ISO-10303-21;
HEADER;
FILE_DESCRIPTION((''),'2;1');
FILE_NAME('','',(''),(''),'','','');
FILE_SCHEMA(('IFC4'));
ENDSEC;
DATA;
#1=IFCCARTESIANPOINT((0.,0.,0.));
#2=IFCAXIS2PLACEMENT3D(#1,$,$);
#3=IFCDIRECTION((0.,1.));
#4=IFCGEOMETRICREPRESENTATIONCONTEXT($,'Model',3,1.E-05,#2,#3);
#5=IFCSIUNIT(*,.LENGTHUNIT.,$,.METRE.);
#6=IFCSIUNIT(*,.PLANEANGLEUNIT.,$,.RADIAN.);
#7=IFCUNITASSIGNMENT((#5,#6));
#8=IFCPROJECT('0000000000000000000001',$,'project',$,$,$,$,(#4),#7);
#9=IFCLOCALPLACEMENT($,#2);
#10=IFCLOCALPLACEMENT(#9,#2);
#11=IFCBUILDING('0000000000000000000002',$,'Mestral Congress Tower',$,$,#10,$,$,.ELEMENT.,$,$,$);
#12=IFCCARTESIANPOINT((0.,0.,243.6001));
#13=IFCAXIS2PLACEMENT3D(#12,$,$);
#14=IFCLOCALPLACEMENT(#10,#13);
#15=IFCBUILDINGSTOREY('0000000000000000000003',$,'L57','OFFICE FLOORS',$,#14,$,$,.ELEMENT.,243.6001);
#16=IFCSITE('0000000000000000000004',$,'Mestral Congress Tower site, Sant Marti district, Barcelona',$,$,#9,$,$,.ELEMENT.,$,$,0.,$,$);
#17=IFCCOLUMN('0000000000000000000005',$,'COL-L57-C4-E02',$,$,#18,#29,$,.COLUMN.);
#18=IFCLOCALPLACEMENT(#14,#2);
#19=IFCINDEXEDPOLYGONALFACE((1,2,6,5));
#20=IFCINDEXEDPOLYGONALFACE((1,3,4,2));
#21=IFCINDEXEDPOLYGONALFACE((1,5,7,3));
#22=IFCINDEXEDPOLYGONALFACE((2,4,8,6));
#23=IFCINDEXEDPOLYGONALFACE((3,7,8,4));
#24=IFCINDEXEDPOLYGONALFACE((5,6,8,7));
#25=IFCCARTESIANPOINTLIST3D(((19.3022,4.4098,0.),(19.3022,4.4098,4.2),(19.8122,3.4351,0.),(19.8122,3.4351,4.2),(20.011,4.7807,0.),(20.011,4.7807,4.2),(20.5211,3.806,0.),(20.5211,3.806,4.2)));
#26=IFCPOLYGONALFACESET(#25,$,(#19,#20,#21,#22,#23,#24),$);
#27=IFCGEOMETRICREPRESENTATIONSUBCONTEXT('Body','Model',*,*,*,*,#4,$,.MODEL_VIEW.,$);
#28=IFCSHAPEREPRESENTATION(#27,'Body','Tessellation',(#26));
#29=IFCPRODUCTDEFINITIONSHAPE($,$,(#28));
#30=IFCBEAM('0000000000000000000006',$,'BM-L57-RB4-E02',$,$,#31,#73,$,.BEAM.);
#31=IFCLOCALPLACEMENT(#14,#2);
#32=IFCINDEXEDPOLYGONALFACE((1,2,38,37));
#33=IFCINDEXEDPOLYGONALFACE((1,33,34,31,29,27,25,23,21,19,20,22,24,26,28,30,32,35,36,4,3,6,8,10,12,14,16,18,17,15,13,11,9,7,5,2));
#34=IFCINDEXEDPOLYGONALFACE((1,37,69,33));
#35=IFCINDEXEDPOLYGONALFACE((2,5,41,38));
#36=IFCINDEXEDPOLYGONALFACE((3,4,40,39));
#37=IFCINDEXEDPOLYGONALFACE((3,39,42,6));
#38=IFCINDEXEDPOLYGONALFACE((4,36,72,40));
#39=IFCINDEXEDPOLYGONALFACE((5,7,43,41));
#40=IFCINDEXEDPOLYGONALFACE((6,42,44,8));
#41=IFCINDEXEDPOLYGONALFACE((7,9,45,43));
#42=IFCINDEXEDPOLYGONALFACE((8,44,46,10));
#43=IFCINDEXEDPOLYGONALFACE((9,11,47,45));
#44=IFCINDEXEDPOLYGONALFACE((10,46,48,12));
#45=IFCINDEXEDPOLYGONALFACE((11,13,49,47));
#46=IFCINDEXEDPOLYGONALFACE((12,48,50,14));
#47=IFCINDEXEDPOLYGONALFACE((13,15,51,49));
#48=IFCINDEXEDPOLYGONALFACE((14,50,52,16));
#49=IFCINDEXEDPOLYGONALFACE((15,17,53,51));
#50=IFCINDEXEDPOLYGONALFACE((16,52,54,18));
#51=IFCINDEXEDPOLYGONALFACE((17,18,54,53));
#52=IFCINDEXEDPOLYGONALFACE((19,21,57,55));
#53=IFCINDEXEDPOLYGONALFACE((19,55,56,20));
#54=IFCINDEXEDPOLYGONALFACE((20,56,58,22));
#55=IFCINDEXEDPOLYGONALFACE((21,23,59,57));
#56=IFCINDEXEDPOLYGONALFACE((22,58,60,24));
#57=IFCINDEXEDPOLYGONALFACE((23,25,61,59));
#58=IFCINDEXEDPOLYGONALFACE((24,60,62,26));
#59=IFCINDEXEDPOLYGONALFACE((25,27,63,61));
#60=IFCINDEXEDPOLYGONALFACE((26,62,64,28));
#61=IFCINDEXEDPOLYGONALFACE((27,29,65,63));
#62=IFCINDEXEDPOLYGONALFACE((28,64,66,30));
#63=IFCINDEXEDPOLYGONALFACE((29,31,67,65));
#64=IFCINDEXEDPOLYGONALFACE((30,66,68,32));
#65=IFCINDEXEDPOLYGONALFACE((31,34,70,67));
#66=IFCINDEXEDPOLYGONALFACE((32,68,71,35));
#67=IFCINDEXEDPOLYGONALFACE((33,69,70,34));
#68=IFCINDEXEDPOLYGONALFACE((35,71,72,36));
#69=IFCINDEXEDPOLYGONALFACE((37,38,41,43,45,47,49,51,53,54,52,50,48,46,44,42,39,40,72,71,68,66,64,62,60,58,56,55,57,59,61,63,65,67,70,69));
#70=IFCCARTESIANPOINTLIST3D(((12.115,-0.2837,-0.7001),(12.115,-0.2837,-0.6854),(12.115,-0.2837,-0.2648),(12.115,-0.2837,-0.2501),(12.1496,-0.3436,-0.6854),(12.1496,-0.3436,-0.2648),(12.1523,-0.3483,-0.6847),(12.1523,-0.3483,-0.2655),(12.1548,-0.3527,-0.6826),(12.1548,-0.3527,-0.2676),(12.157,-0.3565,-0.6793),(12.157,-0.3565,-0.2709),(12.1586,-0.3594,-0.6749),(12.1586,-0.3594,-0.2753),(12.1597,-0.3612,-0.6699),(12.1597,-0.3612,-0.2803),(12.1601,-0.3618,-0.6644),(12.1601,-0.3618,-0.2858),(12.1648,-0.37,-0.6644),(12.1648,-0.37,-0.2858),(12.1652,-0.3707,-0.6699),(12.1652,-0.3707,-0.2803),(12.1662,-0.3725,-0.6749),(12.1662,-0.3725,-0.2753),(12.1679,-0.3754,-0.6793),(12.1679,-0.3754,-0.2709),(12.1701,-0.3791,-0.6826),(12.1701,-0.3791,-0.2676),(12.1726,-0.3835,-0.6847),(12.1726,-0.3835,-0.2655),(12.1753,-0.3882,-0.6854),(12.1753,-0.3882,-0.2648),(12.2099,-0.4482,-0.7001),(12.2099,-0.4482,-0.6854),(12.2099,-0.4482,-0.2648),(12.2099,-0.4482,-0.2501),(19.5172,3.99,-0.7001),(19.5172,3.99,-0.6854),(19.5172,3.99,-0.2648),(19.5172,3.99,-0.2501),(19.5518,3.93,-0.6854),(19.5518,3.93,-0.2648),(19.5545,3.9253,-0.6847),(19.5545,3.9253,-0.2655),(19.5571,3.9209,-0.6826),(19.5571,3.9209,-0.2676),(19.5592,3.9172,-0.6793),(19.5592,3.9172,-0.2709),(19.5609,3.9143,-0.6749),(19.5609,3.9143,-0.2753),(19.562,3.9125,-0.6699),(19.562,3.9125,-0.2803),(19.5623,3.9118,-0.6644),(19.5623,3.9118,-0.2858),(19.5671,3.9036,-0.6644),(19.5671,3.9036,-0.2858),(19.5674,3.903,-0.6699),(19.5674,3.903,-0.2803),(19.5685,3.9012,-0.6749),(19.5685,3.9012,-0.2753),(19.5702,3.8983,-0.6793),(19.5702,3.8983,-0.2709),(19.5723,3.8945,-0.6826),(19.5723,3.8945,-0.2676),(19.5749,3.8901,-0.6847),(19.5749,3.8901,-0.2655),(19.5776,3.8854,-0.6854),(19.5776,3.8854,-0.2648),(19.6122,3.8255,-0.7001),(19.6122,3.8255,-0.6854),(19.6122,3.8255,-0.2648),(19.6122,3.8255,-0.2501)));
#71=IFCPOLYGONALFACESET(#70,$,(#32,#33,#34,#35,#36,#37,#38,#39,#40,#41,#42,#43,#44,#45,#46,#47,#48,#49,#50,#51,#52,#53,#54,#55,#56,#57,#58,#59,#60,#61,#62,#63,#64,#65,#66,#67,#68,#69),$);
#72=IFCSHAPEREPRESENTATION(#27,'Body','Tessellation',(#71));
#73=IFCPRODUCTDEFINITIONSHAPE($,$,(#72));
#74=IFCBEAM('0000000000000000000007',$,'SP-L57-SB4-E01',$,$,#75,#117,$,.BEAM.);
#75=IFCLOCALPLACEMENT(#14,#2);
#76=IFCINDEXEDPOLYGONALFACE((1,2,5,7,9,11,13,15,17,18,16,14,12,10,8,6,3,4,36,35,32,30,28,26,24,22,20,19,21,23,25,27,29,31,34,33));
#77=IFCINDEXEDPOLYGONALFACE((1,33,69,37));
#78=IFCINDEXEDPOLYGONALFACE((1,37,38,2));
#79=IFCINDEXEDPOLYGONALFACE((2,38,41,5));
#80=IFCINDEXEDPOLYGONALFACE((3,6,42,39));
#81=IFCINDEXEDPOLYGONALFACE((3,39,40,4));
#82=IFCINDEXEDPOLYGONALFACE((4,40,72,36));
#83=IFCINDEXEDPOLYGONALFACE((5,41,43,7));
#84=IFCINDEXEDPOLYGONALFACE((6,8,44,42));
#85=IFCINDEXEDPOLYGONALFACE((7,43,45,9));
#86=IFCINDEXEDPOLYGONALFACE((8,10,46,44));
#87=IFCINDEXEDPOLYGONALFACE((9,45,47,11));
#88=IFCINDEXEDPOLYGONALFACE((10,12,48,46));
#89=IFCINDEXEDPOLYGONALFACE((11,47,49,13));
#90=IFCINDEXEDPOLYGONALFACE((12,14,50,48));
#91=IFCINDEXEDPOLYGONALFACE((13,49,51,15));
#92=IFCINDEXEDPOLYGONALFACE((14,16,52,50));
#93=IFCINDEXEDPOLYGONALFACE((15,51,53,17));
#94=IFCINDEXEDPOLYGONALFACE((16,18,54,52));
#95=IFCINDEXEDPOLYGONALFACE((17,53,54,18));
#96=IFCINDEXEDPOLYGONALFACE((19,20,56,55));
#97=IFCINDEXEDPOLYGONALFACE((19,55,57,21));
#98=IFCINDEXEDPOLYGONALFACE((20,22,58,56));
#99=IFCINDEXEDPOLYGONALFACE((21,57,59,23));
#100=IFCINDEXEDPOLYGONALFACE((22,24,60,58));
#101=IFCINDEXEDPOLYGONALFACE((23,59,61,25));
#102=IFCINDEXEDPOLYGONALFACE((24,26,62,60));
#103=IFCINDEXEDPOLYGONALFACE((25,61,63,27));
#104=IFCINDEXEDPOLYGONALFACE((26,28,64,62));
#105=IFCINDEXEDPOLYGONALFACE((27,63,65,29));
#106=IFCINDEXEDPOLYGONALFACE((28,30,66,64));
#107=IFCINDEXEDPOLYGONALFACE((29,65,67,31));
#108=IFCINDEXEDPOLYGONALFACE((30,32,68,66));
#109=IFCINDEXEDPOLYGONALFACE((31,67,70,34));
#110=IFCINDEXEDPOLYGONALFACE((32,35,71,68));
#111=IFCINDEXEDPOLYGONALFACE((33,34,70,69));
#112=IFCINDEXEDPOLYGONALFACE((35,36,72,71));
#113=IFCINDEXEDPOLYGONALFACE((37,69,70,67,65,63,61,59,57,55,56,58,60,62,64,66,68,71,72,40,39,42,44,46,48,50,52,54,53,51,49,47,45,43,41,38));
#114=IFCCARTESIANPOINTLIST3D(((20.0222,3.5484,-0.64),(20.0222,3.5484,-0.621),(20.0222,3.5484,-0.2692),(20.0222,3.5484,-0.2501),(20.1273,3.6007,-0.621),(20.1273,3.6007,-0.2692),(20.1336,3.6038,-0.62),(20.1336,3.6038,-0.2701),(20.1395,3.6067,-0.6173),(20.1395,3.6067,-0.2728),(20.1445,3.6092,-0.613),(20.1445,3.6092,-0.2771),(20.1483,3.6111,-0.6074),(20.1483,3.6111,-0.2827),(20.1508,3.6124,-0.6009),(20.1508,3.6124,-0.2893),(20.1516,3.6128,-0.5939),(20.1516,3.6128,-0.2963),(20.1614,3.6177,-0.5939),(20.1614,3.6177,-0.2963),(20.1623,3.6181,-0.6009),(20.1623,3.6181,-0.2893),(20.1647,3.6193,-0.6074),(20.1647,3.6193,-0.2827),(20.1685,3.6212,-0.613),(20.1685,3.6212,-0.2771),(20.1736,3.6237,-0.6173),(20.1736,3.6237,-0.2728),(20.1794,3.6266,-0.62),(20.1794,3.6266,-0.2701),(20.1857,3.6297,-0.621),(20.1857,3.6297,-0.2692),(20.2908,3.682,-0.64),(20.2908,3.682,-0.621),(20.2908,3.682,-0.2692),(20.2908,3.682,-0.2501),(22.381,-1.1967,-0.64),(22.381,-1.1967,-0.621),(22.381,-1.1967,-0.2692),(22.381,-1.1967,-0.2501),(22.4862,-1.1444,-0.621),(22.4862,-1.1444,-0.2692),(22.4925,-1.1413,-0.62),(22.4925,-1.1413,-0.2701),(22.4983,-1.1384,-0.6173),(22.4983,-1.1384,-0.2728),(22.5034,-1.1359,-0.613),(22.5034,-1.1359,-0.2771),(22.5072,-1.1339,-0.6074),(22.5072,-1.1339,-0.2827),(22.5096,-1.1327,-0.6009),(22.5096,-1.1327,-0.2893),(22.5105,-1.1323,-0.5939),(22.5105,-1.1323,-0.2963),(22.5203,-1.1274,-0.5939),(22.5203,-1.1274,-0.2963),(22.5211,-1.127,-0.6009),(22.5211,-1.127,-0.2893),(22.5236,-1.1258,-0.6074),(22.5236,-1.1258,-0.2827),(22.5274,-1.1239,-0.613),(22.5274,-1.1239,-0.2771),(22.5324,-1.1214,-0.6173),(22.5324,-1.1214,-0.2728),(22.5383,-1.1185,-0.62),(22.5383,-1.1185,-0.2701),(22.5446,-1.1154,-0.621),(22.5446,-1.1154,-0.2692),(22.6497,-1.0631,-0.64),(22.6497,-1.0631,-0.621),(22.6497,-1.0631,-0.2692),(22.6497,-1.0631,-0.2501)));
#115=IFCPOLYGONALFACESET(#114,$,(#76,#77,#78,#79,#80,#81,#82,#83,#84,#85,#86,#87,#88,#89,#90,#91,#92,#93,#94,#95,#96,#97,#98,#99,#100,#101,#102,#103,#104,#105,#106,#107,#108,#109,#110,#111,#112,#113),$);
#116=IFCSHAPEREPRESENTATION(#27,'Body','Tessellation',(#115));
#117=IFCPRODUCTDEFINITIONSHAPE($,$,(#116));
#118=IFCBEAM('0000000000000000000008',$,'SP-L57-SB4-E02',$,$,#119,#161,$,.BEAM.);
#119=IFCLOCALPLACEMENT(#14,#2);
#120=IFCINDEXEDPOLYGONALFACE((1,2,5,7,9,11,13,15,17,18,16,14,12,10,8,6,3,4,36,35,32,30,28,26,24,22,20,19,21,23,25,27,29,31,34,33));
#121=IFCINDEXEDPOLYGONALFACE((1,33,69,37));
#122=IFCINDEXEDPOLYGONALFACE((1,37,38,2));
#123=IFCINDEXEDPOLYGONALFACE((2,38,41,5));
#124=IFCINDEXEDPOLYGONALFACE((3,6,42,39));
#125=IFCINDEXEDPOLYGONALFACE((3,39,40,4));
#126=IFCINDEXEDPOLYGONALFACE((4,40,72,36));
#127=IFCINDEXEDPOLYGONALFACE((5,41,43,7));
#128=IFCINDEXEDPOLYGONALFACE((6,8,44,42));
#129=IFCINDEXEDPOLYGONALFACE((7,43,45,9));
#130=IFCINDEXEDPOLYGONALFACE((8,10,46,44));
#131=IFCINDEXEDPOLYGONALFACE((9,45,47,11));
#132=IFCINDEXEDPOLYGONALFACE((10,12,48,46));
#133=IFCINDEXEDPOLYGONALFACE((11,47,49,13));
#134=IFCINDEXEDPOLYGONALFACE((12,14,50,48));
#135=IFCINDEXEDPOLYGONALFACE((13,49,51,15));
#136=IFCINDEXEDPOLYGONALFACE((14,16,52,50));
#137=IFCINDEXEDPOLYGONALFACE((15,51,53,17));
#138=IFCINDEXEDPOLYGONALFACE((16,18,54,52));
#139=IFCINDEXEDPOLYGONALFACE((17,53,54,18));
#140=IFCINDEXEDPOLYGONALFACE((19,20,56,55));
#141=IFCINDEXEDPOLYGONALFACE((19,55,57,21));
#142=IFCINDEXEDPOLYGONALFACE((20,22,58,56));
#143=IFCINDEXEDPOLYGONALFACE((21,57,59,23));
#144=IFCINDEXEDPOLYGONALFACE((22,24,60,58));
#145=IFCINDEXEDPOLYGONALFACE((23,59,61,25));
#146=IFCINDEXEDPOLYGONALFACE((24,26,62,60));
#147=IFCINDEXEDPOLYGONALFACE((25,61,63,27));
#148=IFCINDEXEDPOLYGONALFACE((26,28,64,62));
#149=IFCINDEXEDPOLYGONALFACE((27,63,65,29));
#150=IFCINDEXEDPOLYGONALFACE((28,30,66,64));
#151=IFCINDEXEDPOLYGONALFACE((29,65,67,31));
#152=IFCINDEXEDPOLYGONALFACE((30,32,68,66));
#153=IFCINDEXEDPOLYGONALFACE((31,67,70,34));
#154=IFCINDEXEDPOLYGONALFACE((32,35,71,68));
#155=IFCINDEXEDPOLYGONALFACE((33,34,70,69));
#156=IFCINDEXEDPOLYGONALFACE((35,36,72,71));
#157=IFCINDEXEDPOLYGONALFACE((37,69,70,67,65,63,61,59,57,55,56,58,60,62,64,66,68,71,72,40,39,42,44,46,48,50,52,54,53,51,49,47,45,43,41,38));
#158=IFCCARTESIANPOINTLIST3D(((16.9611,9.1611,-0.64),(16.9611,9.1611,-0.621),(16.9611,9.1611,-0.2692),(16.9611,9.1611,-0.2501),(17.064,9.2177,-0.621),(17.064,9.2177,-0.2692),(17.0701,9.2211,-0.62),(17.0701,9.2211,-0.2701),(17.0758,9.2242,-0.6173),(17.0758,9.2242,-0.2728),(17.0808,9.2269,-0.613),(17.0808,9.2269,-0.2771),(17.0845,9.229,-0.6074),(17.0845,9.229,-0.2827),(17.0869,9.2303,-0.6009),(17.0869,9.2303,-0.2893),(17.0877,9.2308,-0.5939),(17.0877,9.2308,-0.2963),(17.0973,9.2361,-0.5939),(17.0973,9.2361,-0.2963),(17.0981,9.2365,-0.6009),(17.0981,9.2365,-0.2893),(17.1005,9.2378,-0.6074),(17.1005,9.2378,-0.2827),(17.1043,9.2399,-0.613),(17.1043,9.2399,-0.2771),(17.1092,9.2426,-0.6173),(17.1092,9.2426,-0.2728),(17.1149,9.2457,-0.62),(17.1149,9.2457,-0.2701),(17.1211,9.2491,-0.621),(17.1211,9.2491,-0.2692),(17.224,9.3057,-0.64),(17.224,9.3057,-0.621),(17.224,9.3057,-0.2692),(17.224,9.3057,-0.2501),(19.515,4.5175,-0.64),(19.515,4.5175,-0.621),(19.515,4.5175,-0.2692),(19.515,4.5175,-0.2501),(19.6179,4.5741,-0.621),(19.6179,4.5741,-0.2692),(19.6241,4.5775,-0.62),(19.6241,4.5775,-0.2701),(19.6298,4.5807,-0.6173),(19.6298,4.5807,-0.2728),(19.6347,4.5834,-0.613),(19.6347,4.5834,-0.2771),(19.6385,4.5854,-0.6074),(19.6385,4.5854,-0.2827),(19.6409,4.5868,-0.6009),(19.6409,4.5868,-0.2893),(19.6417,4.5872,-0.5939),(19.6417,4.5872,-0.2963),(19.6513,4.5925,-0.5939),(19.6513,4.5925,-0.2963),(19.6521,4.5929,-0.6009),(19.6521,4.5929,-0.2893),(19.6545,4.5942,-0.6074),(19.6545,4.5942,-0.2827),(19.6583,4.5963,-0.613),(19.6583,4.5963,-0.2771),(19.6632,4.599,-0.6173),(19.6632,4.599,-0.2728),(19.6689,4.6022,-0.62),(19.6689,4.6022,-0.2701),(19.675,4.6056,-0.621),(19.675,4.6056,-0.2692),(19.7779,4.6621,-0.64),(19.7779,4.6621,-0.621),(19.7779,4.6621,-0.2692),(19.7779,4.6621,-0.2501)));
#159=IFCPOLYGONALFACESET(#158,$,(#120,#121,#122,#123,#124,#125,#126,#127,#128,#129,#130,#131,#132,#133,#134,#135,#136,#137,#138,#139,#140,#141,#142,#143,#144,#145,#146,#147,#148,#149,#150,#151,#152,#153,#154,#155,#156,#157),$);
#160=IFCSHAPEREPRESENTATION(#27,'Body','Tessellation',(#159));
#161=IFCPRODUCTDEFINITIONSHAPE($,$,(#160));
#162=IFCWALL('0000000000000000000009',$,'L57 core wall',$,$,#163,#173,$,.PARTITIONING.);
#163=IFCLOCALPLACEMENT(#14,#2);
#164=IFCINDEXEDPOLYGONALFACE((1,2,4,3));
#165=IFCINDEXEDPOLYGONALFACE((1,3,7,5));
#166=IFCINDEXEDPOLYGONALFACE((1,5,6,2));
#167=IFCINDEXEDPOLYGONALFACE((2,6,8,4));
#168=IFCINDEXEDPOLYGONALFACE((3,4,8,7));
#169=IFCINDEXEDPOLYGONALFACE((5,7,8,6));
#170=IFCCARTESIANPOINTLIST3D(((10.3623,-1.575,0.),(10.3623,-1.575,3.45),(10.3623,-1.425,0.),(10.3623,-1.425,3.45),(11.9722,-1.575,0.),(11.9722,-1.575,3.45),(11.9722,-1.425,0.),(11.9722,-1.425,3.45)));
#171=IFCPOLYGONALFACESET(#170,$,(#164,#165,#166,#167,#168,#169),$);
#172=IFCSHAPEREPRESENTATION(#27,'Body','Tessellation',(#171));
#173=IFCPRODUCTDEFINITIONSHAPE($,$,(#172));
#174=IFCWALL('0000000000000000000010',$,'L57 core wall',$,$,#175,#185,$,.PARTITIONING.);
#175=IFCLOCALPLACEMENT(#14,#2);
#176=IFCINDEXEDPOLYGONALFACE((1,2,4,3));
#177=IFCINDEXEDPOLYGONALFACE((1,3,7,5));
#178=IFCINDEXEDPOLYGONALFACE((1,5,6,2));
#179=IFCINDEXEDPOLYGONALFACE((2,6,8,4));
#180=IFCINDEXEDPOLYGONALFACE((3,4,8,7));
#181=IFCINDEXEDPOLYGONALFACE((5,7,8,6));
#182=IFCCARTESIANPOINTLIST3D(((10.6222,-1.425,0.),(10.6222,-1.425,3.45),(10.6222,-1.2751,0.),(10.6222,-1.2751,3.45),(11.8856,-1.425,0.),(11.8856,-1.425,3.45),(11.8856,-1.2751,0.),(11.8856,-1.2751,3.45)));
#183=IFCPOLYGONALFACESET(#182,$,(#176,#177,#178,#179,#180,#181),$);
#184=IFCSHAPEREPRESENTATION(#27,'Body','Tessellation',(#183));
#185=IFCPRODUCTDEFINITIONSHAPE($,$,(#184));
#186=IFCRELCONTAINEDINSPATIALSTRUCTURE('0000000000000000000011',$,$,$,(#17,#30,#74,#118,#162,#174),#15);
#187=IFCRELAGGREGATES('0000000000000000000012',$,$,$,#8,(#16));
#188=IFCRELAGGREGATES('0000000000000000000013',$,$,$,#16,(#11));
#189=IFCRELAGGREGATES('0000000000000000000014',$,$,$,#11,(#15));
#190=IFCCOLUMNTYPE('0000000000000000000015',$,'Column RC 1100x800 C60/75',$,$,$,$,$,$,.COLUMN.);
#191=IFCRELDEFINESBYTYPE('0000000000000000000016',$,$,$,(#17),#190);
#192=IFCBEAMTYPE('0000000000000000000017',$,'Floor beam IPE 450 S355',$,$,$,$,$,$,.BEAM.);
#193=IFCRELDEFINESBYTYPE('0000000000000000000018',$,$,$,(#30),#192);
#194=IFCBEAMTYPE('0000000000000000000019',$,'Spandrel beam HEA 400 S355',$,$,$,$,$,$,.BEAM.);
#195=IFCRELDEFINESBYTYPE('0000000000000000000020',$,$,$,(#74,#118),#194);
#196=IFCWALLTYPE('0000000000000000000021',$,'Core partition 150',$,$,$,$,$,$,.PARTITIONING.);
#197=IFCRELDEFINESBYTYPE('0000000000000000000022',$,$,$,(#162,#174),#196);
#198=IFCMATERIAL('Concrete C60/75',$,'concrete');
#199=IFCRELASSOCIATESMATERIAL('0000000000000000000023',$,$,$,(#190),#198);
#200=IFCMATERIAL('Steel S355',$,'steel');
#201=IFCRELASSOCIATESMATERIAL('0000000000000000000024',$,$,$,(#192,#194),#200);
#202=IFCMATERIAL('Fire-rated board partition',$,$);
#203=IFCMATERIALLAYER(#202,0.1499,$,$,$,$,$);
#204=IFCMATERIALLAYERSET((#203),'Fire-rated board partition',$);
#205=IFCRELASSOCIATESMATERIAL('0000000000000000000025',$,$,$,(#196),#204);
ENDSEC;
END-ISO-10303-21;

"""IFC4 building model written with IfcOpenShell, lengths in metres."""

from ifc_helpers import new_model, si_unit, direction, frame, frame_2d, origin, origin_2d, place, context, subcontext, project, spatial, rectangle, i_section, extrude, material, layer, layer_set, material_profile, profile_set, type_object, element, save


model = new_model("IFC4")

# Units and contexts
model_context = context("Model", 3, precision=1e-05, world=origin(), true_north=direction((0.0, 1.0)))
body_context = subcontext(model_context, "Body", "Model", "MODEL_VIEW")
ifc_project = project(units=[si_unit("LENGTHUNIT", "METRE"), si_unit("PLANEANGLEUNIT", "RADIAN")], contexts=[model_context])

# Site, building, storey
site_placement = place(None, origin())
site = spatial("IfcSite", under=ifc_project, at=site_placement, Name="Mestral Congress Tower site, Sant Marti district, Barcelona", CompositionType="ELEMENT", RefElevation=0.0)
building_placement = place(site_placement, origin())
building = spatial("IfcBuilding", under=site, at=building_placement, Name="Mestral Congress Tower", CompositionType="ELEMENT")
storey_placement = place(building_placement, frame((0.0, 0.0, 243.6001)))
storey = spatial("IfcBuildingStorey", under=building, at=storey_placement, Name="L57", Description="OFFICE FLOORS", CompositionType="ELEMENT", Elevation=243.6001)

# Column
ifc_material_1 = material(Name="Concrete C60/75", Category="concrete")
ifc_material_profile_1 = material_profile(ifc_material_1, rectangle(XDim=1.1001, YDim=0.8, at=origin_2d()), Name="RC 1100x800")
ifc_profile_set_1 = profile_set([ifc_material_profile_1], Name="Concrete C60/75")
column_type = type_object("IfcColumnType", Name="Column RC 1100x800 C60/75", PredefinedType="COLUMN", material=ifc_profile_set_1)
column_placement = place(storey_placement, frame((19.9116, 4.1079, 0.0), z_axis=(0.0, 0.0, 1.0), x_axis=(-0.463636, 0.886026, 0.0)))
element("IfcColumn", 1, at=column_placement, inside=storey, type_object=column_type, Name="COL-L57-C4-E02", PredefinedType="COLUMN", context=body_context, shape_type="SweptSolid", body=[
    extrude(rectangle(XDim=1.1001, YDim=0.8, at=origin_2d()), origin(), (0.0, 0.0, 1.0), 4.2),
])

# Beams
ifc_material_2 = material(Name="Steel S355", Category="steel")
ifc_material_profile_2 = material_profile(ifc_material_2, i_section(OverallWidth=0.1899, OverallDepth=0.45, WebThickness=0.0095, FlangeThickness=0.0146, FilletRadius=0.021, at=origin_2d()), Name="IPE 450")
ifc_profile_set_2 = profile_set([ifc_material_profile_2], Name="Steel S355")
beam_type_1 = type_object("IfcBeamType", Name="Floor beam IPE 450 S355", PredefinedType="BEAM", material=ifc_profile_set_2)
beam_1_placement = place(storey_placement, frame((19.5647, 3.9077, -0.4751), z_axis=(-0.866029, -0.499994, 0.0), x_axis=(0.499994, -0.866029, 0.0)))
element("IfcBeam", 2, at=beam_1_placement, inside=storey, type_object=beam_type_1, Name="BM-L57-RB4-E02", PredefinedType="BEAM", context=body_context, shape_type="SweptSolid", body=[
    extrude(i_section(OverallWidth=0.1899, OverallDepth=0.45, WebThickness=0.0095, FlangeThickness=0.0146, FilletRadius=0.021, at=origin_2d()), origin(), (0.0, 0.0, 1.0), 8.5474),
])
ifc_material_profile_3 = material_profile(ifc_material_2, i_section(OverallWidth=0.3, OverallDepth=0.3899, WebThickness=0.011, FlangeThickness=0.019, FilletRadius=0.0271, at=origin_2d()), Name="HEA 400")
ifc_profile_set_3 = profile_set([ifc_material_profile_3], Name="Steel S355")
beam_type_2 = type_object("IfcBeamType", Name="Spandrel beam HEA 400 S355", PredefinedType="BEAM", material=ifc_profile_set_3)
beam_2_placement = place(storey_placement, frame((22.5154, -1.1299, -0.4451), z_axis=(-0.445148, 0.895457, 0.0), x_axis=(-0.895457, -0.445148, 0.0)))
element("IfcBeam", 3, at=beam_2_placement, inside=storey, type_object=beam_type_2, Name="SP-L57-SB4-E01", PredefinedType="BEAM", context=body_context, shape_type="SweptSolid", body=[
    extrude(i_section(OverallWidth=0.3, OverallDepth=0.3899, WebThickness=0.011, FlangeThickness=0.019, FilletRadius=0.0271, at=origin_2d()), origin(), (0.0, 0.0, 1.0), 5.2991),
])
beam_3_placement = place(storey_placement, frame((19.6465, 4.5898, -0.4451), z_axis=(-0.481919, 0.876216, 0.0), x_axis=(-0.876216, -0.481919, 0.0)))
element("IfcBeam", 4, at=beam_3_placement, inside=storey, type_object=beam_type_2, Name="SP-L57-SB4-E02", PredefinedType="BEAM", context=body_context, shape_type="SweptSolid", body=[
    extrude(i_section(OverallWidth=0.3, OverallDepth=0.3899, WebThickness=0.011, FlangeThickness=0.019, FilletRadius=0.0271, at=origin_2d()), origin(), (0.0, 0.0, 1.0), 5.2996),
])

# Walls
ifc_material_3 = material(Name="Fire-rated board partition")
ifc_layer_1 = layer(ifc_material_3, 0.1499)
ifc_layer_set_1 = layer_set([ifc_layer_1], Name="Fire-rated board partition")
wall_type_1 = type_object("IfcWallType", Name="Core partition 150", PredefinedType="PARTITIONING", material=ifc_layer_set_1)
wall_1_placement = place(storey_placement, frame((10.3623, -1.5, 0.0), z_axis=(0.0, 0.0, 1.0), x_axis=(1.0, 0.0, 0.0)))
element("IfcWall", 5, at=wall_1_placement, inside=storey, type_object=wall_type_1, Name="L57 core wall", PredefinedType="PARTITIONING", context=body_context, shape_type="SweptSolid", body=[
    extrude(rectangle(XDim=1.6099, YDim=0.1499, at=frame_2d((0.8049, 0.0))), origin(), (0.0, 0.0, 1.0), 3.45),
])
wall_2_placement = place(storey_placement, frame((10.6221, -1.3501, 0.0), z_axis=(0.0, 0.0, 1.0), x_axis=(1.0, 0.0, 0.0)))
element("IfcWall", 6, at=wall_2_placement, inside=storey, type_object=wall_type_1, Name="L57 core wall", PredefinedType="PARTITIONING", context=body_context, shape_type="SweptSolid", body=[
    extrude(rectangle(XDim=1.2634, YDim=0.1499, at=frame_2d((0.6318, 0.0))), origin(), (0.0, 0.0, 1.0), 3.45),
])

save(model, "model.ifc")
